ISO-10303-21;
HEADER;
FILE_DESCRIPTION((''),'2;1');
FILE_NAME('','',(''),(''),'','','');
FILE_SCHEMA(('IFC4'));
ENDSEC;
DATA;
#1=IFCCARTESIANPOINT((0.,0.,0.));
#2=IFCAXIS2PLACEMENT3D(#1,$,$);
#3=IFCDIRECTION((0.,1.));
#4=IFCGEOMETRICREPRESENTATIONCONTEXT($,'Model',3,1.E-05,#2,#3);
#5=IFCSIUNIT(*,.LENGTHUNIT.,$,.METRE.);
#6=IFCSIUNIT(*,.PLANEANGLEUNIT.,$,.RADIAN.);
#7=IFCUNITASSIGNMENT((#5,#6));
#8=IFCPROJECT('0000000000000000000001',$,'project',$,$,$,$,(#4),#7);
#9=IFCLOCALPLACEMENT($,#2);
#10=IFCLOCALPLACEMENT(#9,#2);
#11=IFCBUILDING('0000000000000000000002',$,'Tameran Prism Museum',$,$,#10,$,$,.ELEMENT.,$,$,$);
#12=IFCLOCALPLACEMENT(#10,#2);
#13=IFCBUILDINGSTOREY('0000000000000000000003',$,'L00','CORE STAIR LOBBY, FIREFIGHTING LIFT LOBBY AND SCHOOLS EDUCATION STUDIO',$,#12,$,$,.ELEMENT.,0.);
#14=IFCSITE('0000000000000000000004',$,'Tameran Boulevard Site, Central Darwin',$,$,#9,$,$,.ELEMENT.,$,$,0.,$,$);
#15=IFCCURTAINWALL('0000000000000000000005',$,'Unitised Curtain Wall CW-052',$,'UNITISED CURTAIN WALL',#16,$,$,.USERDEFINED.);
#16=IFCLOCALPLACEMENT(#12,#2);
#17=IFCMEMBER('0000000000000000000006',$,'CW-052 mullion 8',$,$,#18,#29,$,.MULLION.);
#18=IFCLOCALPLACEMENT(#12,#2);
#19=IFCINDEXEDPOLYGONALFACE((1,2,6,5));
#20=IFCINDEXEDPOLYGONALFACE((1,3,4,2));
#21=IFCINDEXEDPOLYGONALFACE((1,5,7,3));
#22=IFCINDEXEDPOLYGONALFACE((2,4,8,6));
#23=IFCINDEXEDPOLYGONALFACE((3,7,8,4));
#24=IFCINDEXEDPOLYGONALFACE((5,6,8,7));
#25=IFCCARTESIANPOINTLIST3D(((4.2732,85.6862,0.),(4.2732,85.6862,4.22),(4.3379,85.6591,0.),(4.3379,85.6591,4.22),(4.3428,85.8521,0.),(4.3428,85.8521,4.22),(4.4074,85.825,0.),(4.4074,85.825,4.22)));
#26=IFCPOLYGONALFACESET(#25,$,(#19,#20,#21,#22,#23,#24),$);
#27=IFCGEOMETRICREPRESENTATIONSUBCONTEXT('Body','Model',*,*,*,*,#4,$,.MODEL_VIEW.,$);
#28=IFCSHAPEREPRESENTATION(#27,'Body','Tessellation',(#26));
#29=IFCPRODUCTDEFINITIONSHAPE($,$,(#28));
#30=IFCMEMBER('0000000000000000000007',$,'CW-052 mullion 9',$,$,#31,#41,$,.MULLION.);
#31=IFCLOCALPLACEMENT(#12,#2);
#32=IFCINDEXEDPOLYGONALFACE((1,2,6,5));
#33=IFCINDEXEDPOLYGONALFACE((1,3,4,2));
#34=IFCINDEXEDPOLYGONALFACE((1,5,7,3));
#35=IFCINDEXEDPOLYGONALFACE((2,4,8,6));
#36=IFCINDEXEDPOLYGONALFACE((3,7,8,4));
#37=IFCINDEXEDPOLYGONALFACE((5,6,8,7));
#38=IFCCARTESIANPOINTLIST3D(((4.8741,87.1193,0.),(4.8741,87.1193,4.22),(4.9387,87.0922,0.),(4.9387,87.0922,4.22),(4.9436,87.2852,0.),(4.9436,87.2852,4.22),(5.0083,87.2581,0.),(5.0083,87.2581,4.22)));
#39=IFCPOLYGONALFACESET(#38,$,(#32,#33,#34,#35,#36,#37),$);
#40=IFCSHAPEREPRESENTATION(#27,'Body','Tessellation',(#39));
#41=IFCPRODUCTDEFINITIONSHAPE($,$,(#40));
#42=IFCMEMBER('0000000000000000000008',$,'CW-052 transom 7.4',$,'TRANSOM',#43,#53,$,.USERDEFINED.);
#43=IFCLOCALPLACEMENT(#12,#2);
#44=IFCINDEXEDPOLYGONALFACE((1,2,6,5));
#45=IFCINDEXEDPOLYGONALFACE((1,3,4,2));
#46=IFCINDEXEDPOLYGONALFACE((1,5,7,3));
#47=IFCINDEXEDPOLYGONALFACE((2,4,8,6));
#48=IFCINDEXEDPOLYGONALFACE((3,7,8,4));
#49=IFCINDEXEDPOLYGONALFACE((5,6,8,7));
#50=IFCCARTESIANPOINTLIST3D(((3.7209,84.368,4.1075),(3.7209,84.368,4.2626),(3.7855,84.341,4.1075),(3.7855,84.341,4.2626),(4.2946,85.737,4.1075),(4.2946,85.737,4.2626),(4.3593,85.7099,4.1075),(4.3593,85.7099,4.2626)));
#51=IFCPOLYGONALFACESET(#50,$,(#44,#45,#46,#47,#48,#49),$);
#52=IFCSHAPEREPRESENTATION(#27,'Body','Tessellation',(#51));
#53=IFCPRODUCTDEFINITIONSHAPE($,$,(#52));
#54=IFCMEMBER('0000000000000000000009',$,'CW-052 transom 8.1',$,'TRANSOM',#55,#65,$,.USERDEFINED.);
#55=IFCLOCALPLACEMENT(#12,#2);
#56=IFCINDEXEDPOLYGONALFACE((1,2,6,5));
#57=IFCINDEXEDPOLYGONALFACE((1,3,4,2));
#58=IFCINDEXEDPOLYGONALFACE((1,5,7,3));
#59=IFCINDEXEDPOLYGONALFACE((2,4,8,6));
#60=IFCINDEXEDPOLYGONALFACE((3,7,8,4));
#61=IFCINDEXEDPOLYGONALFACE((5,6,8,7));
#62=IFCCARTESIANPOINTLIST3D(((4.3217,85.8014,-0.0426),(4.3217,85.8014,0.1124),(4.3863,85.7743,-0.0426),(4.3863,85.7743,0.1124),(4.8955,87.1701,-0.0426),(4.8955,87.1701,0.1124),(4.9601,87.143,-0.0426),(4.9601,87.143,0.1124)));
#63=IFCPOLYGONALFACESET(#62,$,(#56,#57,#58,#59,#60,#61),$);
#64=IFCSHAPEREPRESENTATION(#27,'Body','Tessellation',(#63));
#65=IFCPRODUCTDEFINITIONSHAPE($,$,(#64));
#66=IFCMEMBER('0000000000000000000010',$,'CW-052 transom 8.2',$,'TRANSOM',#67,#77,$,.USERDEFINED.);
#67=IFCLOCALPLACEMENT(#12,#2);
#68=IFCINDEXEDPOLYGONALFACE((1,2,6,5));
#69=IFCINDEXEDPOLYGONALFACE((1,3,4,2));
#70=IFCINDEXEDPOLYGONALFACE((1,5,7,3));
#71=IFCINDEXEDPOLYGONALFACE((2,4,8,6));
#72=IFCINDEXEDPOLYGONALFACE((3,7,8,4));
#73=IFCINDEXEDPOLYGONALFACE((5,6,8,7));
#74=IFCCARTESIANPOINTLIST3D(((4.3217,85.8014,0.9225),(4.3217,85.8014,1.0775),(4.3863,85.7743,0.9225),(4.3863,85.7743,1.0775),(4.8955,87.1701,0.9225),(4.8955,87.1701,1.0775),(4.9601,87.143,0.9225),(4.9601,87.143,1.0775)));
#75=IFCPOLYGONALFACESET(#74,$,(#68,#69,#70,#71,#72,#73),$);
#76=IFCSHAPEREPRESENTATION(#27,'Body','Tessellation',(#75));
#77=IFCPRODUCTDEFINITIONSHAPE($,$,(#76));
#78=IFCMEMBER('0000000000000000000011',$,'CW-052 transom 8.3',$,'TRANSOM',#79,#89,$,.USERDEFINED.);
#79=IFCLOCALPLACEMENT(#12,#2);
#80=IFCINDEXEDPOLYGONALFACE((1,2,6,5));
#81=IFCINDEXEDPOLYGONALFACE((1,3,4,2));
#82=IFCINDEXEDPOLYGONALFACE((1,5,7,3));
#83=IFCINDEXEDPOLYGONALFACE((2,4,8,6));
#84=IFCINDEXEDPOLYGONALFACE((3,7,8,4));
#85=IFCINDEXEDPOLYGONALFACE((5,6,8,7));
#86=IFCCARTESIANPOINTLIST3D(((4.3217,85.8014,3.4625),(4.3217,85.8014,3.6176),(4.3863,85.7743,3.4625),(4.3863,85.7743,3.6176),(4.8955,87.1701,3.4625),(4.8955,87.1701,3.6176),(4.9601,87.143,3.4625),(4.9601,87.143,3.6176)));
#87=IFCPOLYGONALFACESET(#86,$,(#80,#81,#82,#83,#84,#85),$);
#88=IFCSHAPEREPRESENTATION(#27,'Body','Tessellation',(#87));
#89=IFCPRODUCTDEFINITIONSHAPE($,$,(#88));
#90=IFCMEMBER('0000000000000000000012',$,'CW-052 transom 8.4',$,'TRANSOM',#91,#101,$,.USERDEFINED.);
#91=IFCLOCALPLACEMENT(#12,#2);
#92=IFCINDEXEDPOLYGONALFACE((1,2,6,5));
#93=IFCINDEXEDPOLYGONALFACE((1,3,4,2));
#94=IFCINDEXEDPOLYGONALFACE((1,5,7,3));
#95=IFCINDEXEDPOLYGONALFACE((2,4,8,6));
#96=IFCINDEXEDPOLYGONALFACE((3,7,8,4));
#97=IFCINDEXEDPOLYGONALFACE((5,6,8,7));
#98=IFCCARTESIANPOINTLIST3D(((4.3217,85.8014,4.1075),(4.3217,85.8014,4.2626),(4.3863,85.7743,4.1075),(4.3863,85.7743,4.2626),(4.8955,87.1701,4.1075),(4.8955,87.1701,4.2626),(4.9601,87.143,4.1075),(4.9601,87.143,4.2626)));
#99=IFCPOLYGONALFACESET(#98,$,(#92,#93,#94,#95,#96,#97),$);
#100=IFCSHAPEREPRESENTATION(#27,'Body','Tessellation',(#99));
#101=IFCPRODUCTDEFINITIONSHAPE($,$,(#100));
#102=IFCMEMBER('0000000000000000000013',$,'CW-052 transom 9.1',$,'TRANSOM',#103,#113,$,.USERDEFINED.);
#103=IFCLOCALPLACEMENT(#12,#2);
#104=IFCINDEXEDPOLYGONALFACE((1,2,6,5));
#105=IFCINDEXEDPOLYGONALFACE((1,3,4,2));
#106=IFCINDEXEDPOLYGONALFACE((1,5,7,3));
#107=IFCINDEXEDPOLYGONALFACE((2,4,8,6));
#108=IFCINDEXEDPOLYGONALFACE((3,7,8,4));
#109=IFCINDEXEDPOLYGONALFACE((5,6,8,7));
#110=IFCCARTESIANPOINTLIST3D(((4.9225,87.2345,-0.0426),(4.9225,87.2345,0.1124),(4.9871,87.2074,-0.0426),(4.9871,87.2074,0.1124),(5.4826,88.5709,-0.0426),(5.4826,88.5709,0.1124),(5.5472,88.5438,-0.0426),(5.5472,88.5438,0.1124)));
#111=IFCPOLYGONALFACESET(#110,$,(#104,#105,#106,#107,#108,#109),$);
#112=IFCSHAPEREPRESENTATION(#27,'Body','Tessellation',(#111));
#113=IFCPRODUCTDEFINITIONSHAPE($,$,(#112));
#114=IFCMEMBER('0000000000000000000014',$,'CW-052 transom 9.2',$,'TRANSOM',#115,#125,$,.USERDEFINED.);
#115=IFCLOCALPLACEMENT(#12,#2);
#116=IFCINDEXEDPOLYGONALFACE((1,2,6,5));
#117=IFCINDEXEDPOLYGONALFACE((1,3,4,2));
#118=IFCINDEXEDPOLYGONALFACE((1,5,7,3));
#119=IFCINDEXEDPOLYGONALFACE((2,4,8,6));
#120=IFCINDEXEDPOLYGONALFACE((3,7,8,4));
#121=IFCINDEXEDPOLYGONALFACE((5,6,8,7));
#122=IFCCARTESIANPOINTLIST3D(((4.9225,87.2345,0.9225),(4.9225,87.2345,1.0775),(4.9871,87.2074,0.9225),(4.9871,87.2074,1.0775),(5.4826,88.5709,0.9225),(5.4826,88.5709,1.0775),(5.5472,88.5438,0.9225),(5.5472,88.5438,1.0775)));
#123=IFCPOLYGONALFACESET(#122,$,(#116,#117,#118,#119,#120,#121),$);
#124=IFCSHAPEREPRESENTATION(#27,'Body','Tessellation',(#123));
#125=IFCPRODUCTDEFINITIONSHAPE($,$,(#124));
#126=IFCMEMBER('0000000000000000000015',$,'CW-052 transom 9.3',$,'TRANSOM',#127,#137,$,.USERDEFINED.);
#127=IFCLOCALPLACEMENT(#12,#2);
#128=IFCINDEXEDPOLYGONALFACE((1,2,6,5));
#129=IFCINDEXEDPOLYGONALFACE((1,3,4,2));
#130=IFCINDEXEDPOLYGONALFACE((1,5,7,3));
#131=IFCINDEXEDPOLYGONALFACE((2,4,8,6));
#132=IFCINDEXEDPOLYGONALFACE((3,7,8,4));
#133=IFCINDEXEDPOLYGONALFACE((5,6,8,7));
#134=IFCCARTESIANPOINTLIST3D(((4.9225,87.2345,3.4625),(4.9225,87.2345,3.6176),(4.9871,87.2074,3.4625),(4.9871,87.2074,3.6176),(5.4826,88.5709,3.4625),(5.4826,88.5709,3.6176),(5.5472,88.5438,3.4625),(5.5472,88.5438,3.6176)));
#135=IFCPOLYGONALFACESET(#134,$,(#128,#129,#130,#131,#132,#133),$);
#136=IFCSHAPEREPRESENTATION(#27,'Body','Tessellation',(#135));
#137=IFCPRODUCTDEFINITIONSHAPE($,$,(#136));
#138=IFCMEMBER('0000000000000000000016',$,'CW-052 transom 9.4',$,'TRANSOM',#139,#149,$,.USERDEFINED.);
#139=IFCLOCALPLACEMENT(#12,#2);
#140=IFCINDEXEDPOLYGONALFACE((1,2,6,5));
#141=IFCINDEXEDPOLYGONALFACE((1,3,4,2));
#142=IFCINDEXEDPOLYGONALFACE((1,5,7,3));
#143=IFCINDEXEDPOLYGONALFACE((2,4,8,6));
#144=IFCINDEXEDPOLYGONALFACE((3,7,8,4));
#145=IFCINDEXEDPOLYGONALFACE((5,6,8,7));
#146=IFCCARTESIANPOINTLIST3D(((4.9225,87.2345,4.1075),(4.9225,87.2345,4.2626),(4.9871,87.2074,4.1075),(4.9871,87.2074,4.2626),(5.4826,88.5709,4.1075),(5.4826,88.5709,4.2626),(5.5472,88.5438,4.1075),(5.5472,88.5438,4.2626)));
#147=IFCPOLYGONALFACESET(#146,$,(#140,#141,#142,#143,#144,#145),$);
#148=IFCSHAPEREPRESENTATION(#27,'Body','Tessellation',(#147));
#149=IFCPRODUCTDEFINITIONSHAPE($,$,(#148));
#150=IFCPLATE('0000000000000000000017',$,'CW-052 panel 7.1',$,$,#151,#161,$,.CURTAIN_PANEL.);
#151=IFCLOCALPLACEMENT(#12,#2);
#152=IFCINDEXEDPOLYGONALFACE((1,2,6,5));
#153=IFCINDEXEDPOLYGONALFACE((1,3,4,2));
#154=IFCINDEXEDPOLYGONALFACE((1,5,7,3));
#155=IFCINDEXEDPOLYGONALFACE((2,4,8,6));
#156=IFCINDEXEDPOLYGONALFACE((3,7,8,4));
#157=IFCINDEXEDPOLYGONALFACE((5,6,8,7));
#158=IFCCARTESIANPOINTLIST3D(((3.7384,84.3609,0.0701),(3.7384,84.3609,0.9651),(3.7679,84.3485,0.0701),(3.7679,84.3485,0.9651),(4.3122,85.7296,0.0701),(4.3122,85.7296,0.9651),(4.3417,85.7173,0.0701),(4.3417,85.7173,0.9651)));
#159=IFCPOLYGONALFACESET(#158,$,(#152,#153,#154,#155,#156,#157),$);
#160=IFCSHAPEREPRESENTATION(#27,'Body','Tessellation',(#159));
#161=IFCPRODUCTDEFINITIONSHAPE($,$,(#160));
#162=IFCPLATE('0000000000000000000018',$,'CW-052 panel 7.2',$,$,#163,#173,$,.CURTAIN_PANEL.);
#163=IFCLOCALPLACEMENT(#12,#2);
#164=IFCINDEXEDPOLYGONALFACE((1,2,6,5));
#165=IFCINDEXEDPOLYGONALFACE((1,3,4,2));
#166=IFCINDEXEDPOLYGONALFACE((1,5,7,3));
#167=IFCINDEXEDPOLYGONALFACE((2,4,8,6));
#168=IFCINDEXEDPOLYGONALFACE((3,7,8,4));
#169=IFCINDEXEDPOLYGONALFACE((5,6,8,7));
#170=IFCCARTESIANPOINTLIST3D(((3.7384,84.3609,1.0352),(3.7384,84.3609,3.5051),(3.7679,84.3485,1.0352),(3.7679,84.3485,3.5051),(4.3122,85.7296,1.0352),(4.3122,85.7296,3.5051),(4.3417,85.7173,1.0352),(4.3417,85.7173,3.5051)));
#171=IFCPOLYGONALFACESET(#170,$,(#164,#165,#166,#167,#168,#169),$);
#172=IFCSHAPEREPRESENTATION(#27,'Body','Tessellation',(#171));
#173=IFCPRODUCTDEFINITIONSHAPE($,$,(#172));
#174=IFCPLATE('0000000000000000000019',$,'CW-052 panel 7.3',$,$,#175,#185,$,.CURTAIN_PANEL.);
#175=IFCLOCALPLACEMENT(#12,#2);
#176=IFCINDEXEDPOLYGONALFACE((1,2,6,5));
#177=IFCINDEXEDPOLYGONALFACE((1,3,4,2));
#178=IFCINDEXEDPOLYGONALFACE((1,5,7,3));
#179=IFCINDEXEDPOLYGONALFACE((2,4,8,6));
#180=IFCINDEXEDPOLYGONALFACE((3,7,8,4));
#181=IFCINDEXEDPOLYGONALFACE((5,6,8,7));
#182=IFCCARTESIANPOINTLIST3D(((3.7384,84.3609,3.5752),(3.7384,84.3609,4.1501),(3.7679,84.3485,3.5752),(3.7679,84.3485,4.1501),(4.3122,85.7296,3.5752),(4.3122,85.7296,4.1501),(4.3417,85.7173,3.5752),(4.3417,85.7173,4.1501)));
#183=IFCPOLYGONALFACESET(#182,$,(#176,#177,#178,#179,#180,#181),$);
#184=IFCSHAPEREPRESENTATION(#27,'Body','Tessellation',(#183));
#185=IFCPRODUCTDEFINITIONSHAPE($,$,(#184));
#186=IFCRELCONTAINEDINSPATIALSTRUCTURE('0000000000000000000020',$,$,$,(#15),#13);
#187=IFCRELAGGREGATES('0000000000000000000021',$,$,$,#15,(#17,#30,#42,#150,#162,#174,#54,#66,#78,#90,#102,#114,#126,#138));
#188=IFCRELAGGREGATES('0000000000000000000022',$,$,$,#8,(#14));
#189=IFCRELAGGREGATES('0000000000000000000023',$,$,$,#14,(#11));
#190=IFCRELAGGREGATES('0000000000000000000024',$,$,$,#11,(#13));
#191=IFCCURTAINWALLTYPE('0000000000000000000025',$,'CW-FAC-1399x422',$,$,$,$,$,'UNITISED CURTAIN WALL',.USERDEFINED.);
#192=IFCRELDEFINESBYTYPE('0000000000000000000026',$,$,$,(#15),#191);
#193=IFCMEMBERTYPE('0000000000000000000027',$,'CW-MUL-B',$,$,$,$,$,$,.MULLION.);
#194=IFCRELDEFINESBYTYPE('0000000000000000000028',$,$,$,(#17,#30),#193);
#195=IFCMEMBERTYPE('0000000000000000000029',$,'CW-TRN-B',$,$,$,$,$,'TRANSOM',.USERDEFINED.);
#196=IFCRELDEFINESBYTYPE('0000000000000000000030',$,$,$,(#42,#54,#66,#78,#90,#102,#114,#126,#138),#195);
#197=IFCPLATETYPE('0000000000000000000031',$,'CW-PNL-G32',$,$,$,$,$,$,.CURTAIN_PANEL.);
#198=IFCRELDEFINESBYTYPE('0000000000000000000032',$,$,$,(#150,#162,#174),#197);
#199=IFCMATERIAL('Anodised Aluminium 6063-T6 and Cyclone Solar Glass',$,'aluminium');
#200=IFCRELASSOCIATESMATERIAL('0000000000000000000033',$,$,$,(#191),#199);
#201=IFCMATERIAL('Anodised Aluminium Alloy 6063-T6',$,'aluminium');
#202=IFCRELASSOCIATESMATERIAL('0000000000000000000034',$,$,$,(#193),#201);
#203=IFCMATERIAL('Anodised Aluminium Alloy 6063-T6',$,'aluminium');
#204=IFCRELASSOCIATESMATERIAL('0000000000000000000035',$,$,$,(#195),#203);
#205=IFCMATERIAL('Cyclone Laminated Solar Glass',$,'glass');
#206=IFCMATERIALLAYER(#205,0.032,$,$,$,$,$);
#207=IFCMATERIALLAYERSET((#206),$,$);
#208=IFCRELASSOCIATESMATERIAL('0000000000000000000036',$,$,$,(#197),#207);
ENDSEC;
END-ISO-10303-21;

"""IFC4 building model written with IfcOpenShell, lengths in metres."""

from ifc_helpers import new_model, si_unit, direction, frame, origin, origin_2d, place, context, subcontext, project, spatial, rectangle, extrude, material, layer, layer_set, material_profile, profile_set, type_object, element, aggregate, save


model = new_model("IFC4")

# Units and contexts
model_context = context("Model", 3, precision=1e-05, world=origin(), true_north=direction((0.0, 1.0)))
body_context = subcontext(model_context, "Body", "Model", "MODEL_VIEW")
ifc_project = project(units=[si_unit("LENGTHUNIT", "METRE"), si_unit("PLANEANGLEUNIT", "RADIAN")], contexts=[model_context])

# Site, building, storey
site_placement = place(None, origin())
site = spatial("IfcSite", under=ifc_project, at=site_placement, Name="Tameran Boulevard Site, Central Darwin", CompositionType="ELEMENT", RefElevation=0.0)
building_placement = place(site_placement, origin())
building = spatial("IfcBuilding", under=site, at=building_placement, Name="Tameran Prism Museum", CompositionType="ELEMENT")
storey_placement = place(building_placement, origin())
storey = spatial("IfcBuildingStorey", under=building, at=storey_placement, Name="L00", Description="CORE STAIR LOBBY, FIREFIGHTING LIFT LOBBY AND SCHOOLS EDUCATION STUDIO", CompositionType="ELEMENT", Elevation=0.0)

# Curtain wall, members, plates
ifc_material_1 = material(Name="Anodised Aluminium 6063-T6 and Cyclone Solar Glass", Category="aluminium")
curtain_wall_type = type_object("IfcCurtainWallType", Name="CW-FAC-1399x422", ElementType="UNITISED CURTAIN WALL", PredefinedType="USERDEFINED", material=ifc_material_1)
curtain_wall_placement = place(storey_placement, origin())
curtain_wall = element("IfcCurtainWall", 1, at=curtain_wall_placement, inside=storey, type_object=curtain_wall_type, Name="Unitised Curtain Wall CW-052", ObjectType="UNITISED CURTAIN WALL", PredefinedType="USERDEFINED")
ifc_material_2 = material(Name="Anodised Aluminium Alloy 6063-T6", Category="aluminium")
ifc_material_profile_1 = material_profile(ifc_material_2, rectangle(XDim=0.0701, YDim=0.1799, at=origin_2d()))
ifc_profile_set_1 = profile_set([ifc_material_profile_1])
member_type_1 = type_object("IfcMemberType", Name="CW-MUL-B", PredefinedType="MULLION", material=ifc_profile_set_1)
member_1_placement = place(storey_placement, frame((4.3403, 85.7556, 0.0), z_axis=(0.0, 0.0, 1.0), x_axis=(-0.922252, 0.386589, 0.0)))
member_1 = element("IfcMember", 2, at=member_1_placement, type_object=member_type_1, Name="CW-052 mullion 8", PredefinedType="MULLION", context=body_context, shape_type="SweptSolid", body=[
    extrude(rectangle(XDim=0.0701, YDim=0.1799, at=origin_2d()), origin(), (0.0, 0.0, 1.0), 4.22),
])
member_2_placement = place(storey_placement, frame((4.9412, 87.1887, 0.0), z_axis=(0.0, 0.0, 1.0), x_axis=(-0.922252, 0.386589, 0.0)))
member_2 = element("IfcMember", 3, at=member_2_placement, type_object=member_type_1, Name="CW-052 mullion 9", PredefinedType="MULLION", context=body_context, shape_type="SweptSolid", body=[
    extrude(rectangle(XDim=0.0701, YDim=0.1799, at=origin_2d()), origin(), (0.0, 0.0, 1.0), 4.22),
])
ifc_material_3 = material(Name="Anodised Aluminium Alloy 6063-T6", Category="aluminium")
ifc_material_profile_2 = material_profile(ifc_material_3, rectangle(XDim=0.0701, YDim=0.155, at=origin_2d()))
ifc_profile_set_2 = profile_set([ifc_material_profile_2])
member_type_2 = type_object("IfcMemberType", Name="CW-TRN-B", ElementType="TRANSOM", PredefinedType="USERDEFINED", material=ifc_profile_set_2)
member_3_placement = place(storey_placement, frame((3.7532, 84.3545, 4.1851), z_axis=(0.386542, 0.922272, 0.0), x_axis=(-0.922272, 0.386542, 0.0)))
member_3 = element("IfcMember", 4, at=member_3_placement, type_object=member_type_2, Name="CW-052 transom 7.4", ObjectType="TRANSOM", PredefinedType="USERDEFINED", context=body_context, shape_type="SweptSolid", body=[
    extrude(rectangle(XDim=0.0701, YDim=0.155, at=origin_2d()), origin(), (0.0, 0.0, 1.0), 1.4844),
])
member_4_placement = place(storey_placement, frame((4.354, 85.7878, 0.0349), z_axis=(0.3866, 0.922247, 0.0), x_axis=(-0.922247, 0.3866, 0.0)))
member_4 = element("IfcMember", 5, at=member_4_placement, type_object=member_type_2, Name="CW-052 transom 8.1", ObjectType="TRANSOM", PredefinedType="USERDEFINED", context=body_context, shape_type="SweptSolid", body=[
    extrude(rectangle(XDim=0.0701, YDim=0.155, at=origin_2d()), origin(), (0.0, 0.0, 1.0), 1.4841),
])
member_5_placement = place(storey_placement, frame((4.354, 85.7878, 1.0), z_axis=(0.3866, 0.922247, 0.0), x_axis=(-0.922247, 0.3866, 0.0)))
member_5 = element("IfcMember", 6, at=member_5_placement, type_object=member_type_2, Name="CW-052 transom 8.2", ObjectType="TRANSOM", PredefinedType="USERDEFINED", context=body_context, shape_type="SweptSolid", body=[
    extrude(rectangle(XDim=0.0701, YDim=0.155, at=origin_2d()), origin(), (0.0, 0.0, 1.0), 1.4841),
])
member_6_placement = place(storey_placement, frame((4.354, 85.7878, 3.54), z_axis=(0.3866, 0.922247, 0.0), x_axis=(-0.922247, 0.3866, 0.0)))
member_6 = element("IfcMember", 7, at=member_6_placement, type_object=member_type_2, Name="CW-052 transom 8.3", ObjectType="TRANSOM", PredefinedType="USERDEFINED", context=body_context, shape_type="SweptSolid", body=[
    extrude(rectangle(XDim=0.0701, YDim=0.155, at=origin_2d()), origin(), (0.0, 0.0, 1.0), 1.4841),
])
member_7_placement = place(storey_placement, frame((4.354, 85.7878, 4.1851), z_axis=(0.3866, 0.922247, 0.0), x_axis=(-0.922247, 0.3866, 0.0)))
member_7 = element("IfcMember", 8, at=member_7_placement, type_object=member_type_2, Name="CW-052 transom 8.4", ObjectType="TRANSOM", PredefinedType="USERDEFINED", context=body_context, shape_type="SweptSolid", body=[
    extrude(rectangle(XDim=0.0701, YDim=0.155, at=origin_2d()), origin(), (0.0, 0.0, 1.0), 1.4841),
])
member_8_placement = place(storey_placement, frame((4.9548, 87.2209, 0.0349), z_axis=(0.386505, 0.922287, 0.0), x_axis=(-0.922287, 0.386505, 0.0)))
member_8 = element("IfcMember", 9, at=member_8_placement, type_object=member_type_2, Name="CW-052 transom 9.1", ObjectType="TRANSOM", PredefinedType="USERDEFINED", context=body_context, shape_type="SweptSolid", body=[
    extrude(rectangle(XDim=0.0701, YDim=0.155, at=origin_2d()), origin(), (0.0, 0.0, 1.0), 1.449),
])
member_9_placement = place(storey_placement, frame((4.9548, 87.2209, 1.0), z_axis=(0.386505, 0.922287, 0.0), x_axis=(-0.922287, 0.386505, 0.0)))
member_9 = element("IfcMember", 10, at=member_9_placement, type_object=member_type_2, Name="CW-052 transom 9.2", ObjectType="TRANSOM", PredefinedType="USERDEFINED", context=body_context, shape_type="SweptSolid", body=[
    extrude(rectangle(XDim=0.0701, YDim=0.155, at=origin_2d()), origin(), (0.0, 0.0, 1.0), 1.449),
])
member_10_placement = place(storey_placement, frame((4.9548, 87.2209, 3.54), z_axis=(0.386505, 0.922287, 0.0), x_axis=(-0.922287, 0.386505, 0.0)))
member_10 = element("IfcMember", 11, at=member_10_placement, type_object=member_type_2, Name="CW-052 transom 9.3", ObjectType="TRANSOM", PredefinedType="USERDEFINED", context=body_context, shape_type="SweptSolid", body=[
    extrude(rectangle(XDim=0.0701, YDim=0.155, at=origin_2d()), origin(), (0.0, 0.0, 1.0), 1.449),
])
member_11_placement = place(storey_placement, frame((4.9548, 87.2209, 4.1851), z_axis=(0.386505, 0.922287, 0.0), x_axis=(-0.922287, 0.386505, 0.0)))
member_11 = element("IfcMember", 12, at=member_11_placement, type_object=member_type_2, Name="CW-052 transom 9.4", ObjectType="TRANSOM", PredefinedType="USERDEFINED", context=body_context, shape_type="SweptSolid", body=[
    extrude(rectangle(XDim=0.0701, YDim=0.155, at=origin_2d()), origin(), (0.0, 0.0, 1.0), 1.449),
])
ifc_material_4 = material(Name="Cyclone Laminated Solar Glass", Category="glass")
ifc_layer_1 = layer(ifc_material_4, 0.032)
ifc_layer_set_1 = layer_set([ifc_layer_1])
plate_type = type_object("IfcPlateType", Name="CW-PNL-G32", PredefinedType="CURTAIN_PANEL", material=ifc_layer_set_1)
plate_1_placement = place(storey_placement, frame((4.04, 85.0391, 0.0701), z_axis=(0.0, 0.0, 1.0), x_axis=(0.386589, 0.922252, 0.0)))
plate_1 = element("IfcPlate", 13, at=plate_1_placement, type_object=plate_type, Name="CW-052 panel 7.1", PredefinedType="CURTAIN_PANEL", context=body_context, shape_type="SweptSolid", body=[
    extrude(rectangle(XDim=1.4841, YDim=0.032, at=origin_2d()), origin(), (0.0, 0.0, 1.0), 0.895),
])
plate_2_placement = place(storey_placement, frame((4.04, 85.0391, 1.0352), z_axis=(0.0, 0.0, 1.0), x_axis=(0.386589, 0.922252, 0.0)))
plate_2 = element("IfcPlate", 14, at=plate_2_placement, type_object=plate_type, Name="CW-052 panel 7.2", PredefinedType="CURTAIN_PANEL", context=body_context, shape_type="SweptSolid", body=[
    extrude(rectangle(XDim=1.4841, YDim=0.032, at=origin_2d()), origin(), (0.0, 0.0, 1.0), 2.47),
])
plate_3_placement = place(storey_placement, frame((4.04, 85.0391, 3.5752), z_axis=(0.0, 0.0, 1.0), x_axis=(0.386589, 0.922252, 0.0)))
plate_3 = element("IfcPlate", 15, at=plate_3_placement, type_object=plate_type, Name="CW-052 panel 7.3", PredefinedType="CURTAIN_PANEL", context=body_context, shape_type="SweptSolid", body=[
    extrude(rectangle(XDim=1.4841, YDim=0.032, at=origin_2d()), origin(), (0.0, 0.0, 1.0), 0.575),
])
aggregate(curtain_wall, [member_1, member_2, member_3, plate_1, plate_2, plate_3, member_4, member_5, member_6, member_7, member_8, member_9, member_10, member_11])

save(model, "model.ifc")
